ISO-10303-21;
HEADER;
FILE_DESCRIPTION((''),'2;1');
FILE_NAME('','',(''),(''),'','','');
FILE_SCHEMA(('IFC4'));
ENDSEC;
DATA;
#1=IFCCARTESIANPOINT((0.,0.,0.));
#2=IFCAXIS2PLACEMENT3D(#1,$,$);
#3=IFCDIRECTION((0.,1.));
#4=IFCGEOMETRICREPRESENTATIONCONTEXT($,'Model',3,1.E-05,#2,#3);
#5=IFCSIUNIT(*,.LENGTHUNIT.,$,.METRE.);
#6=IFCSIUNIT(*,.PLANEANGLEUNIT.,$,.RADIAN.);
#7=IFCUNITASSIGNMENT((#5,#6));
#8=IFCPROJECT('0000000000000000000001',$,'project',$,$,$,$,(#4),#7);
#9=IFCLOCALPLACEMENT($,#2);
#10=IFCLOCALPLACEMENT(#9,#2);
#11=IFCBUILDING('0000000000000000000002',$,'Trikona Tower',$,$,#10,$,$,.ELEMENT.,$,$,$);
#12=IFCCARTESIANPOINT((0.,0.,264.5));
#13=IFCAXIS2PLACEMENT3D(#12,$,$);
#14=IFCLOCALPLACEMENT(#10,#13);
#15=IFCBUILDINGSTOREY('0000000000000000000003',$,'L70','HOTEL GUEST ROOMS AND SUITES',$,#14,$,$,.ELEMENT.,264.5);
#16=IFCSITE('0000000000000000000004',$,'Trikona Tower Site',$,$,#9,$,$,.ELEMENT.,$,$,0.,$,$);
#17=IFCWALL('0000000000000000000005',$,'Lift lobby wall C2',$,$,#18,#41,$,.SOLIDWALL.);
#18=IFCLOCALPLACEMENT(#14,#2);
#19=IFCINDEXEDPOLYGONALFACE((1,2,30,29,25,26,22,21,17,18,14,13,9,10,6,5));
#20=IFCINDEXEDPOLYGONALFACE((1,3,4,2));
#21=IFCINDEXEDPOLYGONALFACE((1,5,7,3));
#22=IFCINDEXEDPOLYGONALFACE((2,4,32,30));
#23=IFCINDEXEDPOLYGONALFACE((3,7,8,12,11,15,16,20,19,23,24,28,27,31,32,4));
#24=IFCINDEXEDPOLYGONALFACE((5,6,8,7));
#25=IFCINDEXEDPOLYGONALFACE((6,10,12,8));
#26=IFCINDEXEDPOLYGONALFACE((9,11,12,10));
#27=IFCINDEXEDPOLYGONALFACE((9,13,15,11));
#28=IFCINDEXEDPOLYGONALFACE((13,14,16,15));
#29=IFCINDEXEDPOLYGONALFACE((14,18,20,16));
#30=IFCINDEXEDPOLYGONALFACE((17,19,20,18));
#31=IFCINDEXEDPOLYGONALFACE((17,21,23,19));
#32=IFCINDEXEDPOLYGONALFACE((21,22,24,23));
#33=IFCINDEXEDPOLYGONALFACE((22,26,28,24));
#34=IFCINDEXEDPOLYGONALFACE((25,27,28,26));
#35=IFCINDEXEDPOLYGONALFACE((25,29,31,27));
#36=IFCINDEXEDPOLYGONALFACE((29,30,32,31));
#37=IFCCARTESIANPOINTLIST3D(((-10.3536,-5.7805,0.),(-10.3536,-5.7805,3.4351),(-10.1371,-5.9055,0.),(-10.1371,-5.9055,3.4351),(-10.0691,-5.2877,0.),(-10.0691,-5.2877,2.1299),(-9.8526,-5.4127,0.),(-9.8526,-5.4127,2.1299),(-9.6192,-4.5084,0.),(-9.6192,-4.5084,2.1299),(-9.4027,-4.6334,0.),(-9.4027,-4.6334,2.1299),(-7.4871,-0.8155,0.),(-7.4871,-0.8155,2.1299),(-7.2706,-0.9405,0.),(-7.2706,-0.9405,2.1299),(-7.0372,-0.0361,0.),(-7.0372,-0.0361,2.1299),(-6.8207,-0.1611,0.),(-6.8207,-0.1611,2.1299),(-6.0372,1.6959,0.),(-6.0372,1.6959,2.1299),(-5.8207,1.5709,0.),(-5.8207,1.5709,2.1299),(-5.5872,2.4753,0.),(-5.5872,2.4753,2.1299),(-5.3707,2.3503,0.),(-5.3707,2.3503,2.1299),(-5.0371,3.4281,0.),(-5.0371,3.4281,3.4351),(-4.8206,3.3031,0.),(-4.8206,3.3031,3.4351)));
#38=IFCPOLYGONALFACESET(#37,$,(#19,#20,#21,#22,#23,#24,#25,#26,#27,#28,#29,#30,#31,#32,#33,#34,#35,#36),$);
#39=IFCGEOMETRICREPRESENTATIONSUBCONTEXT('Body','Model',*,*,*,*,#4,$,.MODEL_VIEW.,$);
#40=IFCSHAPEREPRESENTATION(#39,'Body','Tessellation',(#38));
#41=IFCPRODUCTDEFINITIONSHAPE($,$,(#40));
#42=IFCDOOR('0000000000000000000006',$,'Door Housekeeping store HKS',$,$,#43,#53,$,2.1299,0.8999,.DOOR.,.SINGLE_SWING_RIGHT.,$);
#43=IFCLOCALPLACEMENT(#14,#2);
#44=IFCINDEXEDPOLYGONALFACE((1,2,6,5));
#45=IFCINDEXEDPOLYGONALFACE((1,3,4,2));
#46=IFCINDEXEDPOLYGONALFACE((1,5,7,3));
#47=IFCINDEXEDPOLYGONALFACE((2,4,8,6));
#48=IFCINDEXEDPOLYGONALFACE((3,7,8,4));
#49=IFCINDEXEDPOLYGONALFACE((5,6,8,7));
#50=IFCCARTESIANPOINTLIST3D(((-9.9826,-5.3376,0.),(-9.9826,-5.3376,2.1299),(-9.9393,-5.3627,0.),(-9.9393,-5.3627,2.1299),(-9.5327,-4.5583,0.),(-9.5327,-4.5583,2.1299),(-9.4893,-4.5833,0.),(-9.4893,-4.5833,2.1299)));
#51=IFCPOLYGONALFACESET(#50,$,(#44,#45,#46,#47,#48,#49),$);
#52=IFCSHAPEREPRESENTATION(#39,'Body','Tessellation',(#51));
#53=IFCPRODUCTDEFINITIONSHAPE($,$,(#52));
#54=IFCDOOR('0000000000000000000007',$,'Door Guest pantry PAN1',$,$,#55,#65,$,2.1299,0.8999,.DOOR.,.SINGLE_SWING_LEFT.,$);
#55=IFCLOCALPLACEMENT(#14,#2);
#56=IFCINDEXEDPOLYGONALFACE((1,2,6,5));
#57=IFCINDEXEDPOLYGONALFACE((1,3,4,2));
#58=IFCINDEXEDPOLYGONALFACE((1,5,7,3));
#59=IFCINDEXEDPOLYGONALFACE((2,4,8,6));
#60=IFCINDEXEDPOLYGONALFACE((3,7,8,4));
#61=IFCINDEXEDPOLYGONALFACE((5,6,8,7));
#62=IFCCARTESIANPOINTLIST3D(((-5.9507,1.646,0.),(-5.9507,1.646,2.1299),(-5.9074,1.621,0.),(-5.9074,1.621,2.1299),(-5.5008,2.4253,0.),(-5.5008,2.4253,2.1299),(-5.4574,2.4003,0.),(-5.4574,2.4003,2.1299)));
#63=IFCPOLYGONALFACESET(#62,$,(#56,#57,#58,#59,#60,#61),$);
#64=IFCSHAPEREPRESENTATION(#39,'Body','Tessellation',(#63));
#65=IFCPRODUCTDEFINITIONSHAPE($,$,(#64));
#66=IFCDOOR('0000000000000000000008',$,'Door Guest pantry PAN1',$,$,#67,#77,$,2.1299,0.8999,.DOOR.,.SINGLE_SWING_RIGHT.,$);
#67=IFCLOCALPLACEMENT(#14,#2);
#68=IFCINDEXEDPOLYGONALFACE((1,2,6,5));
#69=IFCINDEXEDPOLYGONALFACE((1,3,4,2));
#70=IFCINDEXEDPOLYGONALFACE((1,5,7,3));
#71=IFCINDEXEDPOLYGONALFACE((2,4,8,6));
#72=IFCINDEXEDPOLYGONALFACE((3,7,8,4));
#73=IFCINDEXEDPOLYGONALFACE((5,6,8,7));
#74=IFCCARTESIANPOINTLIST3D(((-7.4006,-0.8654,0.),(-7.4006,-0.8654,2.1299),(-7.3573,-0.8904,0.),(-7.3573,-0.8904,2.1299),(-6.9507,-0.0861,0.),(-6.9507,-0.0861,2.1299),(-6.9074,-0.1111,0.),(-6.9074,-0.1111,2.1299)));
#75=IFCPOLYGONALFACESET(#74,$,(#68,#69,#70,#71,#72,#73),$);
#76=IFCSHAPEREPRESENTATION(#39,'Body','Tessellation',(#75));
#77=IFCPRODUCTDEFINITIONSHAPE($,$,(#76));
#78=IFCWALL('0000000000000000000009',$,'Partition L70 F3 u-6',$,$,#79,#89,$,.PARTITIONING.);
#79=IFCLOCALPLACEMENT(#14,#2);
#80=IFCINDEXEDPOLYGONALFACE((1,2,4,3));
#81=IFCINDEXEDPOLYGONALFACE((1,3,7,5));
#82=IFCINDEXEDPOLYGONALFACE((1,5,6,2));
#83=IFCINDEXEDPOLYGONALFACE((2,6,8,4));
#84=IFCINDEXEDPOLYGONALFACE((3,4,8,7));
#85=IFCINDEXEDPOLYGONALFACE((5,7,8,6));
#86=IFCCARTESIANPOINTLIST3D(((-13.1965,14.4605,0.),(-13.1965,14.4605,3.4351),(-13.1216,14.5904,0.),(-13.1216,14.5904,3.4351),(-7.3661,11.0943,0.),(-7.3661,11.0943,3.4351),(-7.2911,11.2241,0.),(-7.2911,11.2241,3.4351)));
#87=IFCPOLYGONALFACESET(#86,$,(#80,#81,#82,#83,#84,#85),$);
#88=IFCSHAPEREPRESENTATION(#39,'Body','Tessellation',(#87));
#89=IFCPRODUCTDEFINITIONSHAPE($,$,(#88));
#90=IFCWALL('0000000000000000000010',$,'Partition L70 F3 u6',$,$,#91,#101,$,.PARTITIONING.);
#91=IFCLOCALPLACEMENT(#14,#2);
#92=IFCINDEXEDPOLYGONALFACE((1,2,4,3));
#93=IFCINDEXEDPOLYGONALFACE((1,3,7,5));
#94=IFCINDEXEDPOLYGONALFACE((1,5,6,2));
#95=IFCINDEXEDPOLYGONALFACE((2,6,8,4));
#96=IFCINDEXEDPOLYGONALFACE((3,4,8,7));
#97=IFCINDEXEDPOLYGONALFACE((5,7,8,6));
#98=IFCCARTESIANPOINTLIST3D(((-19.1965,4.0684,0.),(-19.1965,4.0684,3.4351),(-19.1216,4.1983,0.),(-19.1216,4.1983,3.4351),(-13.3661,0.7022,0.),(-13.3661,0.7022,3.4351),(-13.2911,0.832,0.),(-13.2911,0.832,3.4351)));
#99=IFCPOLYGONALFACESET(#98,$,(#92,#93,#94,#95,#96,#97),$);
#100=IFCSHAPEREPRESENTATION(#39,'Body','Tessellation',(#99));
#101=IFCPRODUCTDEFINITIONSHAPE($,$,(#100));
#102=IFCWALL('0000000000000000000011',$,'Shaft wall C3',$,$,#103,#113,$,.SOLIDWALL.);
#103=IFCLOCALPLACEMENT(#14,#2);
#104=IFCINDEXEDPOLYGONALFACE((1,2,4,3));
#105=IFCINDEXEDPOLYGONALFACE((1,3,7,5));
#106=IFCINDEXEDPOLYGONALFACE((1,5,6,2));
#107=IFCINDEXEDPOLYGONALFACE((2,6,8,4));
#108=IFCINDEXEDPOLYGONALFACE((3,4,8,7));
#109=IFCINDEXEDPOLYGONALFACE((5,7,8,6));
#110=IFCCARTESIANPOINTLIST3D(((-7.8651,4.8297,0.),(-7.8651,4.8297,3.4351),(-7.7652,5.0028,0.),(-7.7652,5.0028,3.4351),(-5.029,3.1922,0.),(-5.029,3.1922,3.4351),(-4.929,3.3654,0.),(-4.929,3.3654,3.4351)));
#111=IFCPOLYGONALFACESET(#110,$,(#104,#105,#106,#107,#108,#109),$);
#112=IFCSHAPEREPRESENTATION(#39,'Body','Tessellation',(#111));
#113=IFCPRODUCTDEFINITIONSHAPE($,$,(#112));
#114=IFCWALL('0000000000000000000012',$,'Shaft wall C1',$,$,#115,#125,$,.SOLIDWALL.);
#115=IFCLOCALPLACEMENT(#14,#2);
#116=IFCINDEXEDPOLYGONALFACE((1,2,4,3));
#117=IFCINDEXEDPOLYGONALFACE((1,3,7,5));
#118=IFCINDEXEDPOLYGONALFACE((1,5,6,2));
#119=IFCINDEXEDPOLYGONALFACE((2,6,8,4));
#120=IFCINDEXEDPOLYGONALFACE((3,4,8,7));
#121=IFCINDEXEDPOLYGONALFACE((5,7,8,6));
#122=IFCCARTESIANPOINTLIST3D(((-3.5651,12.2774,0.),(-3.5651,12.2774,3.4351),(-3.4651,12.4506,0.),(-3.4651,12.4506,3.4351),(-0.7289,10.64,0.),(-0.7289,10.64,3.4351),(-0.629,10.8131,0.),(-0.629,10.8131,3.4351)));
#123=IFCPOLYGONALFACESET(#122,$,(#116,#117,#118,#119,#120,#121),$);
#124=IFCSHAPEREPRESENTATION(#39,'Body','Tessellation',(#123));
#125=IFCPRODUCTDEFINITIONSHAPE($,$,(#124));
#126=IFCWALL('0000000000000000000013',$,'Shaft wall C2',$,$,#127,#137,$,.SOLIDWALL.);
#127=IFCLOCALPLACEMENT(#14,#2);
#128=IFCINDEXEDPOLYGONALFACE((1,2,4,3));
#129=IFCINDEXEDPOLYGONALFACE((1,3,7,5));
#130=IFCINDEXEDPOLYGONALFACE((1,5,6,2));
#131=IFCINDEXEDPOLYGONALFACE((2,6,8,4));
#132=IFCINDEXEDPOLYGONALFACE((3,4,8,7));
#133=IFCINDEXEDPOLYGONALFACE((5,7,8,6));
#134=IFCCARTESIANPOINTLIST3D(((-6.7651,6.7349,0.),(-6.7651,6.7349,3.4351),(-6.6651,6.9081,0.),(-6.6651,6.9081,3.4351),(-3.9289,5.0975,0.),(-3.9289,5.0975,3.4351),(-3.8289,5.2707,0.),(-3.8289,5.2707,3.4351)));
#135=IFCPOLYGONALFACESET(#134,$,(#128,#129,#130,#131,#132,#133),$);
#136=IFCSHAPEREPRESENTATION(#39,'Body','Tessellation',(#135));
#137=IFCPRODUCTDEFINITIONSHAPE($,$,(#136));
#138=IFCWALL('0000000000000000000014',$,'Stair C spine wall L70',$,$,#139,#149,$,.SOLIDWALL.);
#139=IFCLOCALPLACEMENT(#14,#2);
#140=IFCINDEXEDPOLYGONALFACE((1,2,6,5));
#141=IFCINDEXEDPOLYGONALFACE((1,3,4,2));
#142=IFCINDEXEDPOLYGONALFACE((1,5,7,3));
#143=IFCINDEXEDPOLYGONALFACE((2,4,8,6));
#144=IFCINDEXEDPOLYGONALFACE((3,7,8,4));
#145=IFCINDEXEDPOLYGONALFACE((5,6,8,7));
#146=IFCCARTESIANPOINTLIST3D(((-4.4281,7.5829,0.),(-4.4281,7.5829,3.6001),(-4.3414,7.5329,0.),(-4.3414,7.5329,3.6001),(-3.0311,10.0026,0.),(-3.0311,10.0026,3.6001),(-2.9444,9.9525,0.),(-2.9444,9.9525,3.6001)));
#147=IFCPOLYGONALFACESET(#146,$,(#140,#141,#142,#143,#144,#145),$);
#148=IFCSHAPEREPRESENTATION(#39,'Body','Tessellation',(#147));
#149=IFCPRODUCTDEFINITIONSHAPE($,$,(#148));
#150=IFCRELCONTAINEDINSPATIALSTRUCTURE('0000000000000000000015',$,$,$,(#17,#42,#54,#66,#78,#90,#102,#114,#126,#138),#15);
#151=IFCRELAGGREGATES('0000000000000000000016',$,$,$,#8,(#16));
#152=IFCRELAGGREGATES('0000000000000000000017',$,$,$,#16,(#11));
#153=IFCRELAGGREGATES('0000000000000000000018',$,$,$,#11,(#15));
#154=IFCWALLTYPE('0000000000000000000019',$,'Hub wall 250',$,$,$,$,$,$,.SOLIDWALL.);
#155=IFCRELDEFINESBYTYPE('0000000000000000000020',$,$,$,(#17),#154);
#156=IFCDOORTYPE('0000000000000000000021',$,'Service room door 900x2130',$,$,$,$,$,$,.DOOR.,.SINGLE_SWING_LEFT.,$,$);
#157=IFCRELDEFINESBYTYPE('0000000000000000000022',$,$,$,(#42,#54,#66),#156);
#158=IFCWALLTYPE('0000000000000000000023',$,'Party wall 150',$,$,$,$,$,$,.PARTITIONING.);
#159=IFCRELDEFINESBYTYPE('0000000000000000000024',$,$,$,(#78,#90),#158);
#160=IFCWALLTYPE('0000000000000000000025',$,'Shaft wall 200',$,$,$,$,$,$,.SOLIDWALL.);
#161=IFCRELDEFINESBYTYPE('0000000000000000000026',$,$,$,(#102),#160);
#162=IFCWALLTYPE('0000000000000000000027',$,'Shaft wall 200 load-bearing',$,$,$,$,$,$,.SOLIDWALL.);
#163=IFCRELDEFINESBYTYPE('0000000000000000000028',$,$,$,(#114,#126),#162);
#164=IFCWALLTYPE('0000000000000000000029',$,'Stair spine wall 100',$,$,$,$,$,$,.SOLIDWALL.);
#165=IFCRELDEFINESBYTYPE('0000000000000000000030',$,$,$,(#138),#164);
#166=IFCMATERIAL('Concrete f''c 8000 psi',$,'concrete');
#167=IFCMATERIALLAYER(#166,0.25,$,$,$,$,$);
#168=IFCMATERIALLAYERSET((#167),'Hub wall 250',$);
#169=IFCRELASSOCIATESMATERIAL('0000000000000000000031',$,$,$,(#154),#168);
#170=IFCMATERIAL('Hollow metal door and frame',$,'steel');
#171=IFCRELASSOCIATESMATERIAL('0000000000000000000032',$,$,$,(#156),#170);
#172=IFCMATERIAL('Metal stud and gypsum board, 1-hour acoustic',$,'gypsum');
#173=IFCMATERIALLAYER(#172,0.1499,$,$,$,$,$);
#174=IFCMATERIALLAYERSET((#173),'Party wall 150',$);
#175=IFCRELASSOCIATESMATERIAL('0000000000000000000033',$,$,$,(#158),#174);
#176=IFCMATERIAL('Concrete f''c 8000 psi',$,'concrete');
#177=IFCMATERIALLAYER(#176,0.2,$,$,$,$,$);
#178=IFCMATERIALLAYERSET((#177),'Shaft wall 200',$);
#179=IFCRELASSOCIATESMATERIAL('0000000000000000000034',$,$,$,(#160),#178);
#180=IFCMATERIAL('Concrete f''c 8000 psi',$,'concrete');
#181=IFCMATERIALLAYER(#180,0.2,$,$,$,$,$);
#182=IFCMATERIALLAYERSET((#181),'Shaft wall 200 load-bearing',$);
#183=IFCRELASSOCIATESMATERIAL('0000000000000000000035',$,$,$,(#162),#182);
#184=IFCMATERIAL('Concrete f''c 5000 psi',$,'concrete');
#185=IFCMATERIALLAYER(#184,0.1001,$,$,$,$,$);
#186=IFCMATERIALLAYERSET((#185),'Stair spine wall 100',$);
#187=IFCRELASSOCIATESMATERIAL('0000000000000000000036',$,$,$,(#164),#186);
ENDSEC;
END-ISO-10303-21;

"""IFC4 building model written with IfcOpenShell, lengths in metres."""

from ifc_helpers import new_model, si_unit, direction, frame, frame_2d, origin, place, context, subcontext, project, spatial, rectangle, extrude, material, layer, layer_set, type_object, element, fill, save


model = new_model("IFC4")

# Units and contexts
model_context = context("Model", 3, precision=1e-05, world=origin(), true_north=direction((0.0, 1.0)))
body_context = subcontext(model_context, "Body", "Model", "MODEL_VIEW")
ifc_project = project(units=[si_unit("LENGTHUNIT", "METRE"), si_unit("PLANEANGLEUNIT", "RADIAN")], contexts=[model_context])

# Site, building, storey
site_placement = place(None, origin())
site = spatial("IfcSite", under=ifc_project, at=site_placement, Name="Trikona Tower Site", CompositionType="ELEMENT", RefElevation=0.0)
building_placement = place(site_placement, origin())
building = spatial("IfcBuilding", under=site, at=building_placement, Name="Trikona Tower", CompositionType="ELEMENT")
storey_placement = place(building_placement, frame((0.0, 0.0, 264.5)))
storey = spatial("IfcBuildingStorey", under=building, at=storey_placement, Name="L70", Description="HOTEL GUEST ROOMS AND SUITES", CompositionType="ELEMENT", Elevation=264.5)

# Shared definitions
ifc_material_1 = material(Name="Concrete f'c 8000 psi", Category="concrete")
ifc_layer_1 = layer(ifc_material_1, 0.25)
ifc_layer_set_1 = layer_set([ifc_layer_1], Name="Hub wall 250")
wall_type_1 = type_object("IfcWallType", Name="Hub wall 250", PredefinedType="SOLIDWALL", material=ifc_layer_set_1)

# Wall, openings, doors
wall_1_placement = place(storey_placement, frame((-4.929, 3.3655, 0.0), z_axis=(0.0, 0.0, 1.0), x_axis=(-0.499991, -0.86603, 0.0)))
wall_1 = element("IfcWall", 1, at=wall_1_placement, inside=storey, type_object=wall_type_1, Name="Lift lobby wall C2", PredefinedType="SOLIDWALL", context=body_context, shape_type="SweptSolid", body=[
    extrude(rectangle(XDim=10.6331, YDim=0.25, at=frame_2d((5.3164, 0.0))), origin(), (0.0, 0.0, 1.0), 3.4351),
])
opening_1_placement = place(wall_1_placement, frame((9.1641, 0.0, 0.0)))
opening_1 = element("IfcOpeningElement", 2, at=opening_1_placement, cuts=wall_1, PredefinedType="OPENING", context=body_context, shape_type="SweptSolid", body=[
    extrude(rectangle(XDim=0.8999, YDim=2.1299, at=frame_2d((0.45, 1.0649))), frame((0.0, 0.135, 0.0), z_axis=(0.0, -1.0, 0.0), x_axis=(1.0, 0.0, 0.0)), (0.0, 0.0, 1.0), 0.27),
])
opening_2_placement = place(wall_1_placement, frame((1.1001, 0.0, 0.0)))
opening_2 = element("IfcOpeningElement", 3, at=opening_2_placement, cuts=wall_1, PredefinedType="OPENING", context=body_context, shape_type="SweptSolid", body=[
    extrude(rectangle(XDim=0.8999, YDim=2.1299, at=frame_2d((0.45, 1.0649))), frame((0.0, 0.135, 0.0), z_axis=(0.0, -1.0, 0.0), x_axis=(1.0, 0.0, 0.0)), (0.0, 0.0, 1.0), 0.27),
])
opening_3_placement = place(wall_1_placement, frame((4.0, 0.0, 0.0)))
opening_3 = element("IfcOpeningElement", 4, at=opening_3_placement, cuts=wall_1, PredefinedType="OPENING", context=body_context, shape_type="SweptSolid", body=[
    extrude(rectangle(XDim=0.8999, YDim=2.1299, at=frame_2d((0.45, 1.0649))), frame((0.0, 0.135, 0.0), z_axis=(0.0, -1.0, 0.0), x_axis=(1.0, 0.0, 0.0)), (0.0, 0.0, 1.0), 0.27),
])
ifc_material_2 = material(Name="Hollow metal door and frame", Category="steel")
door_type = type_object("IfcDoorType", Name="Service room door 900x2130", OperationType="SINGLE_SWING_LEFT", PredefinedType="DOOR", material=ifc_material_2)
door_1_placement = place(opening_1_placement, origin())
door_1 = element("IfcDoor", 5, at=door_1_placement, inside=storey, type_object=door_type, Name="Door Housekeeping store HKS", OperationType="SINGLE_SWING_RIGHT", OverallHeight=2.1299, OverallWidth=0.8999, PredefinedType="DOOR", context=body_context, shape_type="SweptSolid", body=[
    extrude(rectangle(XDim=0.8999, YDim=2.1299, at=frame_2d((0.45, 1.0649))), frame((0.0, 0.0249, 0.0), z_axis=(0.0, -1.0, 0.0), x_axis=(1.0, 0.0, 0.0)), (0.0, 0.0, 1.0), 0.05),
])
fill(opening_1, door_1)
door_2_placement = place(opening_2_placement, origin())
door_2 = element("IfcDoor", 6, at=door_2_placement, inside=storey, type_object=door_type, Name="Door Guest pantry PAN1", OperationType="SINGLE_SWING_LEFT", OverallHeight=2.1299, OverallWidth=0.8999, PredefinedType="DOOR", context=body_context, shape_type="SweptSolid", body=[
    extrude(rectangle(XDim=0.8999, YDim=2.1299, at=frame_2d((0.45, 1.0649))), frame((0.0, 0.0249, 0.0), z_axis=(0.0, -1.0, 0.0), x_axis=(1.0, 0.0, 0.0)), (0.0, 0.0, 1.0), 0.05),
])
fill(opening_2, door_2)
door_3_placement = place(opening_3_placement, origin())
door_3 = element("IfcDoor", 7, at=door_3_placement, inside=storey, type_object=door_type, Name="Door Guest pantry PAN1", OperationType="SINGLE_SWING_RIGHT", OverallHeight=2.1299, OverallWidth=0.8999, PredefinedType="DOOR", context=body_context, shape_type="SweptSolid", body=[
    extrude(rectangle(XDim=0.8999, YDim=2.1299, at=frame_2d((0.45, 1.0649))), frame((0.0, 0.0249, 0.0), z_axis=(0.0, -1.0, 0.0), x_axis=(1.0, 0.0, 0.0)), (0.0, 0.0, 1.0), 0.05),
])
fill(opening_3, door_3)

# Walls
ifc_material_3 = material(Name="Metal stud and gypsum board, 1-hour acoustic", Category="gypsum")
ifc_layer_2 = layer(ifc_material_3, 0.1499)
ifc_layer_set_2 = layer_set([ifc_layer_2], Name="Party wall 150")
wall_type_2 = type_object("IfcWallType", Name="Party wall 150", PredefinedType="PARTITIONING", material=ifc_layer_set_2)
for number, where, z_axis, x_axis, name in (
    (8, (-7.3286, 11.1592, 0.0), (0.0, 0.0, 1.0), (-0.866021, 0.500008, 0.0), "Partition L70 F3 u-6"),
    (9, (-13.3286, 0.7671, 0.0), (0.0, 0.0, 1.0), (-0.866021, 0.500008, 0.0), "Partition L70 F3 u6"),
):
    element("IfcWall", number, at=place(storey_placement, frame(where, z_axis=z_axis, x_axis=x_axis)), inside=storey, type_object=wall_type_2, Name=name, PredefinedType="PARTITIONING", context=body_context, shape_type="SweptSolid", body=[
        extrude(rectangle(XDim=6.7324, YDim=0.1499, at=frame_2d((3.3662, 0.0))), origin(), (0.0, 0.0, 1.0), 3.4351),
    ])
ifc_material_4 = material(Name="Concrete f'c 8000 psi", Category="concrete")
ifc_layer_3 = layer(ifc_material_4, 0.2)
ifc_layer_set_3 = layer_set([ifc_layer_3], Name="Shaft wall 200")
wall_type_3 = type_object("IfcWallType", Name="Shaft wall 200", PredefinedType="SOLIDWALL", material=ifc_layer_set_3)
wall_2_placement = place(storey_placement, frame((-4.979, 3.2788, 0.0), z_axis=(0.0, 0.0, 1.0), x_axis=(-0.866028, 0.499996, 0.0)))
element("IfcWall", 10, at=wall_2_placement, inside=storey, type_object=wall_type_3, Name="Shaft wall C3", PredefinedType="SOLIDWALL", context=body_context, shape_type="SweptSolid", body=[
    extrude(rectangle(XDim=3.2749, YDim=0.2, at=frame_2d((1.6375, 0.0))), origin(), (0.0, 0.0, 1.0), 3.4351),
])
ifc_material_5 = material(Name="Concrete f'c 8000 psi", Category="concrete")
ifc_layer_4 = layer(ifc_material_5, 0.2)
ifc_layer_set_4 = layer_set([ifc_layer_4], Name="Shaft wall 200 load-bearing")
wall_type_4 = type_object("IfcWallType", Name="Shaft wall 200 load-bearing", PredefinedType="SOLIDWALL", material=ifc_layer_set_4)
for number, where, z_axis, x_axis, name in (
    (11, (-0.679, 10.7266, 0.0), (0.0, 0.0, 1.0), (-0.866028, 0.499996, 0.0), "Shaft wall C1"),
    (12, (-3.8789, 5.1841, 0.0), (0.0, 0.0, 1.0), (-0.866028, 0.499996, 0.0), "Shaft wall C2"),
):
    element("IfcWall", number, at=place(storey_placement, frame(where, z_axis=z_axis, x_axis=x_axis)), inside=storey, type_object=wall_type_4, Name=name, PredefinedType="SOLIDWALL", context=body_context, shape_type="SweptSolid", body=[
        extrude(rectangle(XDim=3.2749, YDim=0.2, at=frame_2d((1.6375, 0.0))), origin(), (0.0, 0.0, 1.0), 3.4351),
    ])
ifc_material_6 = material(Name="Concrete f'c 5000 psi", Category="concrete")
ifc_layer_5 = layer(ifc_material_6, 0.1001)
ifc_layer_set_5 = layer_set([ifc_layer_5], Name="Stair spine wall 100")
wall_type_5 = type_object("IfcWallType", Name="Stair spine wall 100", PredefinedType="SOLIDWALL", material=ifc_layer_set_5)
wall_3_placement = place(storey_placement, frame((-2.9878, 9.9775, 0.0), z_axis=(0.0, 0.0, 1.0), x_axis=(-0.499992, -0.86603, 0.0)))
element("IfcWall", 13, at=wall_3_placement, inside=storey, type_object=wall_type_5, Name="Stair C spine wall L70", PredefinedType="SOLIDWALL", context=body_context, shape_type="SweptSolid", body=[
    extrude(rectangle(XDim=2.7939, YDim=0.1001, at=frame_2d((1.397, 0.0))), origin(), (0.0, 0.0, 1.0), 3.6001),
])

save(model, "model.ifc")
